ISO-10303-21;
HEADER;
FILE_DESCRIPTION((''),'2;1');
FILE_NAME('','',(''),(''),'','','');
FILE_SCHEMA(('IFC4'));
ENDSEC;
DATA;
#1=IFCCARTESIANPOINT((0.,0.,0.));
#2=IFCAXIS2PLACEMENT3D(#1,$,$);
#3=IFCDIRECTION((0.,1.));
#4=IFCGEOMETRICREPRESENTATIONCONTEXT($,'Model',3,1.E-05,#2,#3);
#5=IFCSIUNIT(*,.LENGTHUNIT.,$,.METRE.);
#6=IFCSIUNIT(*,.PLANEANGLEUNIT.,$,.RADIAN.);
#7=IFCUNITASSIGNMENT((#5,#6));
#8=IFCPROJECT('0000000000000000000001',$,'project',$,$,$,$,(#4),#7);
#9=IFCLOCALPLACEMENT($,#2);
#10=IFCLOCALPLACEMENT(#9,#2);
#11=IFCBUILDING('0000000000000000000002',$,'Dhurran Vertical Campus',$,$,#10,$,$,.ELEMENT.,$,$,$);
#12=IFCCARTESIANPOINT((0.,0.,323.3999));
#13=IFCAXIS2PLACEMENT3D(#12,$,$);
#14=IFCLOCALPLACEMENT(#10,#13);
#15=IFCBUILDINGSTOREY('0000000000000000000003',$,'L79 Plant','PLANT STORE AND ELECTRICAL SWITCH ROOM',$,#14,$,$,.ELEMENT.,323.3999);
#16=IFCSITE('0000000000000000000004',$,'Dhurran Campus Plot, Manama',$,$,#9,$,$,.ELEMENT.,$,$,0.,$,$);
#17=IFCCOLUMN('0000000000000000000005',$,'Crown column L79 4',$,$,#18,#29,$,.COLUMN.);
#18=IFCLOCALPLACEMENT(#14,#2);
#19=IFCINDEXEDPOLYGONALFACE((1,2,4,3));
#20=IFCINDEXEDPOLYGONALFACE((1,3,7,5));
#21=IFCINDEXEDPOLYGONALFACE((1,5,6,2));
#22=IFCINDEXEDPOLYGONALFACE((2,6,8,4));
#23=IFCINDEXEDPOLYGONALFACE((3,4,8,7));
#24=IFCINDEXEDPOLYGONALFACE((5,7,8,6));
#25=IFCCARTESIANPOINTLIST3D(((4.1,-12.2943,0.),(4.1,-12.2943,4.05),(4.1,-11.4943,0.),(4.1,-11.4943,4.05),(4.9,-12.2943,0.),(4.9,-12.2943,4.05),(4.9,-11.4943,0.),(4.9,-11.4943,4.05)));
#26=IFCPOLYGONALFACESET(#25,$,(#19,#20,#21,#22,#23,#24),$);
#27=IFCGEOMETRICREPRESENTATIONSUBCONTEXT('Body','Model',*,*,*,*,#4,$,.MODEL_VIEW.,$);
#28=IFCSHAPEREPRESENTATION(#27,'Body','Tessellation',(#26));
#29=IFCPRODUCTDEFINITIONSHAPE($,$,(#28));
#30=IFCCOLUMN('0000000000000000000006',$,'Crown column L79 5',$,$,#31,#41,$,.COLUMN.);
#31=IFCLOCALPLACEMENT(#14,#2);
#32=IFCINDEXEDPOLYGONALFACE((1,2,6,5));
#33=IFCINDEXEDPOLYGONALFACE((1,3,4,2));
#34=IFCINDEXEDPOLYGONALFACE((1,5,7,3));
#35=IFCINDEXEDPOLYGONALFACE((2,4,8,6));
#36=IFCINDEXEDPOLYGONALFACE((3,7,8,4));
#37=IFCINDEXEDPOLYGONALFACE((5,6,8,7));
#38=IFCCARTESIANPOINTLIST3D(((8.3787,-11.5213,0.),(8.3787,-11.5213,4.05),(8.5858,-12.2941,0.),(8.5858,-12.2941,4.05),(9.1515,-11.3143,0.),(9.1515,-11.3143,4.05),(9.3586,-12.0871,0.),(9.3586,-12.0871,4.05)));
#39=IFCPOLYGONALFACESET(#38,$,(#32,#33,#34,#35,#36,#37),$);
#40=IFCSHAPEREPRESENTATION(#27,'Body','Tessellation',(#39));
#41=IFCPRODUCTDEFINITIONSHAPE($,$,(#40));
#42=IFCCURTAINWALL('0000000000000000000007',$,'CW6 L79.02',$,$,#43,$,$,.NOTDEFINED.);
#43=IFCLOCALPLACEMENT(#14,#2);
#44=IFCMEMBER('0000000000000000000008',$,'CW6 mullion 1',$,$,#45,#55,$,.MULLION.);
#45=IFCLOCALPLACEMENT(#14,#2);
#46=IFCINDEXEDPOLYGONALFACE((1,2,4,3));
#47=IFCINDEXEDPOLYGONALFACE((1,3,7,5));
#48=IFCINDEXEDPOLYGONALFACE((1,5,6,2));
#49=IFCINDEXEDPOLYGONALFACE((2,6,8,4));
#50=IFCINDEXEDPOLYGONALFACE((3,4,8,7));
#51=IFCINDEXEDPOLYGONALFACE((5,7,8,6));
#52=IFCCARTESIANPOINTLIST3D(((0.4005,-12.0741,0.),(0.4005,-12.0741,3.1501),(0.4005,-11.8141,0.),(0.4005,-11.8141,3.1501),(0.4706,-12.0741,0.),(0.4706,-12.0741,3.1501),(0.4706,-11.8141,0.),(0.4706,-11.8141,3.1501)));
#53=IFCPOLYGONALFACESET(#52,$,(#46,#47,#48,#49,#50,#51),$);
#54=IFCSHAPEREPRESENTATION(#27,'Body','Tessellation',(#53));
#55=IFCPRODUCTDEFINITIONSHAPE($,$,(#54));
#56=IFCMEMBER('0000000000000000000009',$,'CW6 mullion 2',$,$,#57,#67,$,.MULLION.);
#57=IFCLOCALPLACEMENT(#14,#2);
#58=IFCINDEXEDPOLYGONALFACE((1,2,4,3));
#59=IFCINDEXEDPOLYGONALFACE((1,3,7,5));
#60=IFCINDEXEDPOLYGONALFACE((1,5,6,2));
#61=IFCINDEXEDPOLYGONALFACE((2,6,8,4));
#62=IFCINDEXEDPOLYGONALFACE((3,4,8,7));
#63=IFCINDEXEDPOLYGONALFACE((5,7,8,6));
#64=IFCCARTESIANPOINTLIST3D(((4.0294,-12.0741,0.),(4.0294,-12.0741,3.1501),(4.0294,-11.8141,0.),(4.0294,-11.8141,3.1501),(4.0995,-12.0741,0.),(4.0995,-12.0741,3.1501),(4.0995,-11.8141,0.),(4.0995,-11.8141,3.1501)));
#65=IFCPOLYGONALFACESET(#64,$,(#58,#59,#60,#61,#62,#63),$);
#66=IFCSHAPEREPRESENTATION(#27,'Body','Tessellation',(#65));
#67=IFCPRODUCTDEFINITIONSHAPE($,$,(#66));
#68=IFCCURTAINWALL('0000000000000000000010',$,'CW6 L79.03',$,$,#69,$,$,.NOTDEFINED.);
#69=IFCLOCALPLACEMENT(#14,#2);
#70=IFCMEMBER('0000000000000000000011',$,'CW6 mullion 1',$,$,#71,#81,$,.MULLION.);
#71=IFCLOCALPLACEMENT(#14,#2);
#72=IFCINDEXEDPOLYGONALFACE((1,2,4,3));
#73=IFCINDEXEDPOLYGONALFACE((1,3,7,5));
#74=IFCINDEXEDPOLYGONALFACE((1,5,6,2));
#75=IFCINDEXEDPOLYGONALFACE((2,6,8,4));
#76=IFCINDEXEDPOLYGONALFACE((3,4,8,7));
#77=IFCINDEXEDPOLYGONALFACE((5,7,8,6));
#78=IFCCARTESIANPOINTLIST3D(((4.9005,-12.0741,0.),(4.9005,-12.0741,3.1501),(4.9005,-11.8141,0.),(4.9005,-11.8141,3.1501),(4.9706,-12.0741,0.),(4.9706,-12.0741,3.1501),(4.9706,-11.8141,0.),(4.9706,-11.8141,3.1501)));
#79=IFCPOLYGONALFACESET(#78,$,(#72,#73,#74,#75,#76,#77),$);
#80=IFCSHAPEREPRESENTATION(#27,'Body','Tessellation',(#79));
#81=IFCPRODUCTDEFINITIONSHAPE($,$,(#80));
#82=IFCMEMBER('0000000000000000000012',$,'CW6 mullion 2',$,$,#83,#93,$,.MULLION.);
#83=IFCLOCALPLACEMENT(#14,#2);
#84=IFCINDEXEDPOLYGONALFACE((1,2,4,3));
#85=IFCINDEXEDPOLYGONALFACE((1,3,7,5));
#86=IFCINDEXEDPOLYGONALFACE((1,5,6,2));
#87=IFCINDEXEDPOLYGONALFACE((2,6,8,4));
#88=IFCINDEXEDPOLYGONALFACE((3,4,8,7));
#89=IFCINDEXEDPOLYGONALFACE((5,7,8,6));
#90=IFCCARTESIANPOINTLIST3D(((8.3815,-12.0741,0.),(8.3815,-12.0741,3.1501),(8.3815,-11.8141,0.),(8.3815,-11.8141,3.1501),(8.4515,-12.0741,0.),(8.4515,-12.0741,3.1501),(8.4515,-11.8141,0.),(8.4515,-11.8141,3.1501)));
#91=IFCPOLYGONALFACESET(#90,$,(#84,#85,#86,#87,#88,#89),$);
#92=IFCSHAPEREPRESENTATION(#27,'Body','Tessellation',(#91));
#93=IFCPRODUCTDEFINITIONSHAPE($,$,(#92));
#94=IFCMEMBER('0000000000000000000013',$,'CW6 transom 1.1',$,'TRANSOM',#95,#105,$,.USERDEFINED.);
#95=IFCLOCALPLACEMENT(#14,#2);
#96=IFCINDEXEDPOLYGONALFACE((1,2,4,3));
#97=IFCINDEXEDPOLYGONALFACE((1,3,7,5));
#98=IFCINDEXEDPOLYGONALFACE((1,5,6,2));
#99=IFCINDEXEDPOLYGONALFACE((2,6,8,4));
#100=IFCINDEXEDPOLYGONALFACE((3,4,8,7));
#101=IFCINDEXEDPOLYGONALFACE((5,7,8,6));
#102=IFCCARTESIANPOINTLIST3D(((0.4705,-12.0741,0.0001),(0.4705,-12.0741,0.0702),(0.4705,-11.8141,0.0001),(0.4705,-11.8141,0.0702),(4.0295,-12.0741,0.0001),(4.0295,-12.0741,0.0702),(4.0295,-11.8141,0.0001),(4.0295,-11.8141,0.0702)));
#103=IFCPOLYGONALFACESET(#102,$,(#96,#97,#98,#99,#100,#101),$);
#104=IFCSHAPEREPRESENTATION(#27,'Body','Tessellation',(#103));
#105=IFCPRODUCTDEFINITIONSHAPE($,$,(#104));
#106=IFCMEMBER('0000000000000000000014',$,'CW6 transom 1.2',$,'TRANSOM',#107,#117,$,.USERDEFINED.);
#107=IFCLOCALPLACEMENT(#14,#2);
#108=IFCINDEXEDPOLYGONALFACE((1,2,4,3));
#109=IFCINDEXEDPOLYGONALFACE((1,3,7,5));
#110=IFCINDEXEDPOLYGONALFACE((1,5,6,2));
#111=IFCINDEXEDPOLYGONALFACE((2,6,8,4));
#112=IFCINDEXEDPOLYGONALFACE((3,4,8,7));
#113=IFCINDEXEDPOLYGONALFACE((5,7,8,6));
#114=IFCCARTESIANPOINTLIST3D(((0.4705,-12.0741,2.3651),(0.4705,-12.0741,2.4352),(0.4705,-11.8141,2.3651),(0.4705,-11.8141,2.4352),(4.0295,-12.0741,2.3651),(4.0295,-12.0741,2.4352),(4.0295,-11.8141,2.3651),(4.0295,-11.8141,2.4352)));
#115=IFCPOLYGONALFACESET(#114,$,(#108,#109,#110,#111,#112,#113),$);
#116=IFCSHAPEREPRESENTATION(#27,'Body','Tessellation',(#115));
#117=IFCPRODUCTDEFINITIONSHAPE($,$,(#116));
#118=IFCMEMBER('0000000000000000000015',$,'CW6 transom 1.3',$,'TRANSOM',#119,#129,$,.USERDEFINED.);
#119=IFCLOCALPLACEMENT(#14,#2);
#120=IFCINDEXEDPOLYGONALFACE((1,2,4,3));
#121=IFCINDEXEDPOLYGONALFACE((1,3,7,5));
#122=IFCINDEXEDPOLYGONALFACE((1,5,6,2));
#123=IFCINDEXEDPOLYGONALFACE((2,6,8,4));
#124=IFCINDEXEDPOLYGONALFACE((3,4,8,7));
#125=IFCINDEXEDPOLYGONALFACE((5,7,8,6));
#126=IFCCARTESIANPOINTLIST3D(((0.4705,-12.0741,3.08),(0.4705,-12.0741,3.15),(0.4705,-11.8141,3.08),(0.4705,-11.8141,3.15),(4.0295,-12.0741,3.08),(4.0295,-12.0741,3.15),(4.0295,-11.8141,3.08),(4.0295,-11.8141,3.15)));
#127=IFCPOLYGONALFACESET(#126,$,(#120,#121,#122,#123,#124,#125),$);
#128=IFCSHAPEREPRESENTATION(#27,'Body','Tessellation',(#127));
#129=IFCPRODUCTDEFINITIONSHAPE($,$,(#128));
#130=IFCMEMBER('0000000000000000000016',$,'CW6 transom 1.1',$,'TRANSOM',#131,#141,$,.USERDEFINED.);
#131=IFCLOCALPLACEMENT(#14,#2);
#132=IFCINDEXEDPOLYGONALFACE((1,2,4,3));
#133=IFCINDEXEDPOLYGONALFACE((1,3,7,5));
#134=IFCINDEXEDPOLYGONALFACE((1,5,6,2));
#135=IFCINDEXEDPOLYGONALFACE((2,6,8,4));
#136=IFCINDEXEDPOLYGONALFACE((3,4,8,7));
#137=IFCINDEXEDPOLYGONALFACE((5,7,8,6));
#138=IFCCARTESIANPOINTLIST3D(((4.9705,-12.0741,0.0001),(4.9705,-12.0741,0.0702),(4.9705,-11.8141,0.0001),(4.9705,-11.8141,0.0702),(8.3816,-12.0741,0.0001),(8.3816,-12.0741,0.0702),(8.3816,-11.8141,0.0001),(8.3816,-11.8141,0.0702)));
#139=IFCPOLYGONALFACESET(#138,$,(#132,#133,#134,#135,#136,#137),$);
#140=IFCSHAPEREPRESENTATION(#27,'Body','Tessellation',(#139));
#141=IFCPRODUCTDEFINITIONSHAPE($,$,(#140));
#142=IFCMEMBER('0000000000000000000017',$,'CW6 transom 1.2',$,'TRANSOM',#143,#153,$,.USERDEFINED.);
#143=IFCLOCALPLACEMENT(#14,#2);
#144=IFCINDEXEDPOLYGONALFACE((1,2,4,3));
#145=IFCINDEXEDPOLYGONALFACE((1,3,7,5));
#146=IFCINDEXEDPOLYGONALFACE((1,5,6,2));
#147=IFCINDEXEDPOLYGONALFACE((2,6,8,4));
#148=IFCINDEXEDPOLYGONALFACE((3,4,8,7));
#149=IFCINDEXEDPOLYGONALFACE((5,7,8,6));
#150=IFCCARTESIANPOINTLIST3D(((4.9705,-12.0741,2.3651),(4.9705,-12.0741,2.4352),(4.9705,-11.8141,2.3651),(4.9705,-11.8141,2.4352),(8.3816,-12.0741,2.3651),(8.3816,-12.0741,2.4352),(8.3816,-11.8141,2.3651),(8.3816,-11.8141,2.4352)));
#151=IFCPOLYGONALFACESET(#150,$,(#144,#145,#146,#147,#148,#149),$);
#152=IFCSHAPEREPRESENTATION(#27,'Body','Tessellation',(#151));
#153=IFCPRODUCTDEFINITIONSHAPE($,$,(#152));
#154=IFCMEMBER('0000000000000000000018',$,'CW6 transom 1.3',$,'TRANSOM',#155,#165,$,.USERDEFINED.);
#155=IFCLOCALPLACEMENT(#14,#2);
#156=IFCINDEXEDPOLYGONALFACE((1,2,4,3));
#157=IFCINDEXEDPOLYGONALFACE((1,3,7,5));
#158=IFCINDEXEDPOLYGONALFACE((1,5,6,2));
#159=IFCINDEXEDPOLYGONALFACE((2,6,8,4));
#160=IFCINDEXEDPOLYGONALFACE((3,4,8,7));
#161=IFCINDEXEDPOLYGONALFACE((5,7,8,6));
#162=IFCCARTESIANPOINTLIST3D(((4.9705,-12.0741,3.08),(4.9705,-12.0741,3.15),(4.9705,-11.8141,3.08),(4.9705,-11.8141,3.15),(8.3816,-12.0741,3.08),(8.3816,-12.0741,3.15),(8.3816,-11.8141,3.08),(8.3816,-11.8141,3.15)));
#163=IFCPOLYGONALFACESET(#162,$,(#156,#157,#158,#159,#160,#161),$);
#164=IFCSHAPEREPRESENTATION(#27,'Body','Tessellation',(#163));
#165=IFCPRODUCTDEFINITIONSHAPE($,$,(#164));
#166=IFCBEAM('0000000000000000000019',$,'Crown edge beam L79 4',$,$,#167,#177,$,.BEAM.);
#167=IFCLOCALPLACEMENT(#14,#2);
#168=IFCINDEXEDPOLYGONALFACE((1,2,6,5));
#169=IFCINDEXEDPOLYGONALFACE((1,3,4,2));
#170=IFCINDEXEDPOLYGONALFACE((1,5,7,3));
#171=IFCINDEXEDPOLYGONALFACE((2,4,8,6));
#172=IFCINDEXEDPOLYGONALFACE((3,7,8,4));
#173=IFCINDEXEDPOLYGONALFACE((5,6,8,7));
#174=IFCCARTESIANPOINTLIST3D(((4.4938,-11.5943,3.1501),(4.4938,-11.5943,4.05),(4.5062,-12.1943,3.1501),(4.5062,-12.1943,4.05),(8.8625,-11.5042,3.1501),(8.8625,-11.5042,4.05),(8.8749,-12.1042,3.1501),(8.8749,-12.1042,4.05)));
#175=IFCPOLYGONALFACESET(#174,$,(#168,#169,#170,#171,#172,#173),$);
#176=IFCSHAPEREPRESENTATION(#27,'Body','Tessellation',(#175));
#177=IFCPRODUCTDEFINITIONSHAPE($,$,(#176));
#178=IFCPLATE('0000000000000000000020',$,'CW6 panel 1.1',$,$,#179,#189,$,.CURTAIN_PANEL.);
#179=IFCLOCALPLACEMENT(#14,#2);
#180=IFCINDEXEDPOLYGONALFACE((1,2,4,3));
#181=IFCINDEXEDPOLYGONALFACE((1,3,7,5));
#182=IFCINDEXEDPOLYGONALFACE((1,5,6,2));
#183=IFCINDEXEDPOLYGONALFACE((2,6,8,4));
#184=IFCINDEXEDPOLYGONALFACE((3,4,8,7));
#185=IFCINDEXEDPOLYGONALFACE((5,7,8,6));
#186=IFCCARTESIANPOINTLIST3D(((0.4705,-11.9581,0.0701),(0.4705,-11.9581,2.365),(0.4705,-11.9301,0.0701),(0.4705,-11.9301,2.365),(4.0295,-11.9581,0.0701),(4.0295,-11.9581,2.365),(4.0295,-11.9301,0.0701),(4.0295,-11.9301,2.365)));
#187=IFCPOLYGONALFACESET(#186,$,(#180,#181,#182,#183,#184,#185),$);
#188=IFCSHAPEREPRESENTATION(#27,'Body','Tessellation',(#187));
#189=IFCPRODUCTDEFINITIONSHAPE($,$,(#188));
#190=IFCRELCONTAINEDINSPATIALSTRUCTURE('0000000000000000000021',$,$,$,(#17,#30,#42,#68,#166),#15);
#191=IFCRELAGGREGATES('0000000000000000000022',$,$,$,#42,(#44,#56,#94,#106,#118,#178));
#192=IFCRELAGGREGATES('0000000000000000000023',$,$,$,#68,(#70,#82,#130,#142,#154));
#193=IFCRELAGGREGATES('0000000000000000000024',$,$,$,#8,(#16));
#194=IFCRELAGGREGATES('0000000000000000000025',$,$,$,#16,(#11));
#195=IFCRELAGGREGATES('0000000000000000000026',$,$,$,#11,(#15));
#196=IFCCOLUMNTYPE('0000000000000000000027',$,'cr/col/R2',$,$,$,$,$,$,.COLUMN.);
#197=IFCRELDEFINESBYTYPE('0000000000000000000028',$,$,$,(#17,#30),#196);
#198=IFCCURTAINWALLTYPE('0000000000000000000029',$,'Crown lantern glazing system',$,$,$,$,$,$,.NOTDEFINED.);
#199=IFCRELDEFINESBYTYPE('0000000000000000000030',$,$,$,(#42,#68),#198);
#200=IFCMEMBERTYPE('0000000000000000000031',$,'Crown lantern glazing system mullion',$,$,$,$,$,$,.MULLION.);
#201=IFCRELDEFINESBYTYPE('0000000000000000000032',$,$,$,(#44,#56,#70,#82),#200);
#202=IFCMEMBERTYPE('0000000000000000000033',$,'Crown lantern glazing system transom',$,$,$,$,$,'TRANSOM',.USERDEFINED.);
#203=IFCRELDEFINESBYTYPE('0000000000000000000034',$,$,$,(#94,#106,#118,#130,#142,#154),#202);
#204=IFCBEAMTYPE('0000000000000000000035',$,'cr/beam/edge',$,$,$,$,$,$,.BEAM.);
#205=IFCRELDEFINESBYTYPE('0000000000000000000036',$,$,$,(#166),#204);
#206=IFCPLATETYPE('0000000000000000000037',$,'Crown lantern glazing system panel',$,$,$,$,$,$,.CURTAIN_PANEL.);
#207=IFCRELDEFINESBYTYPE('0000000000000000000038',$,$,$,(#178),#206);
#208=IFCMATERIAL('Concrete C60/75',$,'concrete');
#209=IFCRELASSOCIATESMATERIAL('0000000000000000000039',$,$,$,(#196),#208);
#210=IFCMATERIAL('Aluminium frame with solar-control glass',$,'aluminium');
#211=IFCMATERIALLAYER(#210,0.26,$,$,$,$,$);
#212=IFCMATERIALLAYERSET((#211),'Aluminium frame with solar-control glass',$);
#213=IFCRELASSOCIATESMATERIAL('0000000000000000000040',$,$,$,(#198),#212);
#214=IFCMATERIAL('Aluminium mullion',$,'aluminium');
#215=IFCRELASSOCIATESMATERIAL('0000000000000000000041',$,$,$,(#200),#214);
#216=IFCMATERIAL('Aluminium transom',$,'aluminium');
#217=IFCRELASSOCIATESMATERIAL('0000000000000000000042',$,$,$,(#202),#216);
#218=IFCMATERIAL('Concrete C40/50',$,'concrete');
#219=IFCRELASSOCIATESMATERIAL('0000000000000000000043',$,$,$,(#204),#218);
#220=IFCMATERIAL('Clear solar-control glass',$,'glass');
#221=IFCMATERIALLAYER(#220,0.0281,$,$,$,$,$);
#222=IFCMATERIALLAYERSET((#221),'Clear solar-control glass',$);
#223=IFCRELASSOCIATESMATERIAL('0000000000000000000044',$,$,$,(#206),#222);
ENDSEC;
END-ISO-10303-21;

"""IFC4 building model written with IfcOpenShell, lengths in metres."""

from ifc_helpers import new_model, si_unit, direction, frame, origin, origin_2d, place, context, subcontext, project, spatial, rectangle, extrude, material, layer, layer_set, material_profile, profile_set, type_object, element, aggregate, save


model = new_model("IFC4")

# Units and contexts
model_context = context("Model", 3, precision=1e-05, world=origin(), true_north=direction((0.0, 1.0)))
body_context = subcontext(model_context, "Body", "Model", "MODEL_VIEW")
ifc_project = project(units=[si_unit("LENGTHUNIT", "METRE"), si_unit("PLANEANGLEUNIT", "RADIAN")], contexts=[model_context])

# Site, building, storey
site_placement = place(None, origin())
site = spatial("IfcSite", under=ifc_project, at=site_placement, Name="Dhurran Campus Plot, Manama", CompositionType="ELEMENT", RefElevation=0.0)
building_placement = place(site_placement, origin())
building = spatial("IfcBuilding", under=site, at=building_placement, Name="Dhurran Vertical Campus", CompositionType="ELEMENT")
storey_placement = place(building_placement, frame((0.0, 0.0, 323.3999)))
storey = spatial("IfcBuildingStorey", under=building, at=storey_placement, Name="L79 Plant", Description="PLANT STORE AND ELECTRICAL SWITCH ROOM", CompositionType="ELEMENT", Elevation=323.3999)

# Columns
ifc_material_1 = material(Name="Concrete C60/75", Category="concrete")
ifc_material_profile_1 = material_profile(ifc_material_1, rectangle(XDim=0.8, YDim=0.8, at=origin_2d()), Name="cr/col/R2")
ifc_profile_set_1 = profile_set([ifc_material_profile_1], Name="Concrete C60/75")
column_type = type_object("IfcColumnType", Name="cr/col/R2", PredefinedType="COLUMN", material=ifc_profile_set_1)
for number, where, z_axis, x_axis, name in (
    (1, (4.5, -11.8943, 0.0), (0.0, 0.0, 1.0), (1.0, 0.0, 0.0), "Crown column L79 4"),
    (2, (8.8687, -11.8042, 0.0), (0.0, 0.0, 1.0), (0.965926, 0.258819, 0.0), "Crown column L79 5"),
):
    element("IfcColumn", number, at=place(storey_placement, frame(where, z_axis=z_axis, x_axis=x_axis)), inside=storey, type_object=column_type, Name=name, PredefinedType="COLUMN", context=body_context, shape_type="SweptSolid", body=[
        extrude(rectangle(XDim=0.8, YDim=0.8, at=origin_2d()), origin(), (0.0, 0.0, 1.0), 4.05),
    ])

# Curtain walls, members
ifc_material_2 = material(Name="Aluminium frame with solar-control glass", Category="aluminium")
ifc_layer_1 = layer(ifc_material_2, 0.26)
ifc_layer_set_1 = layer_set([ifc_layer_1], Name="Aluminium frame with solar-control glass")
curtain_wall_type = type_object("IfcCurtainWallType", Name="Crown lantern glazing system", PredefinedType="NOTDEFINED", material=ifc_layer_set_1)
curtain_wall_1_placement = place(storey_placement, origin())
curtain_wall_1 = element("IfcCurtainWall", 3, at=curtain_wall_1_placement, inside=storey, type_object=curtain_wall_type, Name="CW6 L79.02", PredefinedType="NOTDEFINED")
ifc_material_3 = material(Name="Aluminium mullion", Category="aluminium")
ifc_material_profile_2 = material_profile(ifc_material_3, rectangle(XDim=0.26, YDim=0.0701, at=origin_2d()), Name="Crown lantern glazing system mullion")
ifc_profile_set_2 = profile_set([ifc_material_profile_2], Name="Aluminium mullion")
member_type_1 = type_object("IfcMemberType", Name="Crown lantern glazing system mullion", PredefinedType="MULLION", material=ifc_profile_set_2)
member_1_placement = place(storey_placement, frame((0.4355, -11.9441, 0.0), z_axis=(0.0, 0.0, 1.0), x_axis=(0.0, 1.0, 0.0)))
member_1 = element("IfcMember", 4, at=member_1_placement, type_object=member_type_1, Name="CW6 mullion 1", PredefinedType="MULLION", context=body_context, shape_type="SweptSolid", body=[
    extrude(rectangle(XDim=0.26, YDim=0.0701, at=origin_2d()), origin(), (0.0, 0.0, 1.0), 3.1501),
])
member_2_placement = place(storey_placement, frame((4.0645, -11.9441, 0.0), z_axis=(0.0, 0.0, 1.0), x_axis=(0.0, 1.0, 0.0)))
member_2 = element("IfcMember", 5, at=member_2_placement, type_object=member_type_1, Name="CW6 mullion 2", PredefinedType="MULLION", context=body_context, shape_type="SweptSolid", body=[
    extrude(rectangle(XDim=0.26, YDim=0.0701, at=origin_2d()), origin(), (0.0, 0.0, 1.0), 3.1501),
])
curtain_wall_2_placement = place(storey_placement, origin())
curtain_wall_2 = element("IfcCurtainWall", 6, at=curtain_wall_2_placement, inside=storey, type_object=curtain_wall_type, Name="CW6 L79.03", PredefinedType="NOTDEFINED")
member_3_placement = place(storey_placement, frame((4.9355, -11.9441, 0.0), z_axis=(0.0, 0.0, 1.0), x_axis=(0.0, 1.0, 0.0)))
member_3 = element("IfcMember", 7, at=member_3_placement, type_object=member_type_1, Name="CW6 mullion 1", PredefinedType="MULLION", context=body_context, shape_type="SweptSolid", body=[
    extrude(rectangle(XDim=0.26, YDim=0.0701, at=origin_2d()), origin(), (0.0, 0.0, 1.0), 3.1501),
])
member_4_placement = place(storey_placement, frame((8.4165, -11.9441, 0.0), z_axis=(0.0, 0.0, 1.0), x_axis=(0.0, 1.0, 0.0)))
member_4 = element("IfcMember", 8, at=member_4_placement, type_object=member_type_1, Name="CW6 mullion 2", PredefinedType="MULLION", context=body_context, shape_type="SweptSolid", body=[
    extrude(rectangle(XDim=0.26, YDim=0.0701, at=origin_2d()), origin(), (0.0, 0.0, 1.0), 3.1501),
])

# Members
ifc_material_4 = material(Name="Aluminium transom", Category="aluminium")
ifc_material_profile_3 = material_profile(ifc_material_4, rectangle(XDim=0.26, YDim=0.0701, at=origin_2d()), Name="Crown lantern glazing system transom")
ifc_profile_set_3 = profile_set([ifc_material_profile_3], Name="Aluminium transom")
member_type_2 = type_object("IfcMemberType", Name="Crown lantern glazing system transom", ElementType="TRANSOM", PredefinedType="USERDEFINED", material=ifc_profile_set_3)
member_5_placement = place(storey_placement, frame((0.4705, -11.9441, 0.0352), z_axis=(1.0, 0.0, 0.0), x_axis=(0.0, 1.0, 0.0)))
member_5 = element("IfcMember", 9, at=member_5_placement, type_object=member_type_2, Name="CW6 transom 1.1", ObjectType="TRANSOM", PredefinedType="USERDEFINED", context=body_context, shape_type="SweptSolid", body=[
    extrude(rectangle(XDim=0.26, YDim=0.0701, at=origin_2d()), origin(), (0.0, 0.0, 1.0), 3.5591),
])
member_6_placement = place(storey_placement, frame((0.4705, -11.9441, 2.4001), z_axis=(1.0, 0.0, 0.0), x_axis=(0.0, 1.0, 0.0)))
member_6 = element("IfcMember", 10, at=member_6_placement, type_object=member_type_2, Name="CW6 transom 1.2", ObjectType="TRANSOM", PredefinedType="USERDEFINED", context=body_context, shape_type="SweptSolid", body=[
    extrude(rectangle(XDim=0.26, YDim=0.0701, at=origin_2d()), origin(), (0.0, 0.0, 1.0), 3.5591),
])
member_7_placement = place(storey_placement, frame((0.4705, -11.9441, 3.115), z_axis=(1.0, 0.0, 0.0), x_axis=(0.0, 1.0, 0.0)))
member_7 = element("IfcMember", 11, at=member_7_placement, type_object=member_type_2, Name="CW6 transom 1.3", ObjectType="TRANSOM", PredefinedType="USERDEFINED", context=body_context, shape_type="SweptSolid", body=[
    extrude(rectangle(XDim=0.26, YDim=0.0701, at=origin_2d()), origin(), (0.0, 0.0, 1.0), 3.5591),
])
member_8_placement = place(storey_placement, frame((4.9705, -11.9441, 0.0352), z_axis=(1.0, 0.0, 0.0), x_axis=(0.0, 1.0, 0.0)))
member_8 = element("IfcMember", 12, at=member_8_placement, type_object=member_type_2, Name="CW6 transom 1.1", ObjectType="TRANSOM", PredefinedType="USERDEFINED", context=body_context, shape_type="SweptSolid", body=[
    extrude(rectangle(XDim=0.26, YDim=0.0701, at=origin_2d()), origin(), (0.0, 0.0, 1.0), 3.4111),
])
member_9_placement = place(storey_placement, frame((4.9705, -11.9441, 2.4001), z_axis=(1.0, 0.0, 0.0), x_axis=(0.0, 1.0, 0.0)))
member_9 = element("IfcMember", 13, at=member_9_placement, type_object=member_type_2, Name="CW6 transom 1.2", ObjectType="TRANSOM", PredefinedType="USERDEFINED", context=body_context, shape_type="SweptSolid", body=[
    extrude(rectangle(XDim=0.26, YDim=0.0701, at=origin_2d()), origin(), (0.0, 0.0, 1.0), 3.4111),
])
member_10_placement = place(storey_placement, frame((4.9705, -11.9441, 3.115), z_axis=(1.0, 0.0, 0.0), x_axis=(0.0, 1.0, 0.0)))
member_10 = element("IfcMember", 14, at=member_10_placement, type_object=member_type_2, Name="CW6 transom 1.3", ObjectType="TRANSOM", PredefinedType="USERDEFINED", context=body_context, shape_type="SweptSolid", body=[
    extrude(rectangle(XDim=0.26, YDim=0.0701, at=origin_2d()), origin(), (0.0, 0.0, 1.0), 3.4111),
])

# Beam
ifc_material_5 = material(Name="Concrete C40/50", Category="concrete")
ifc_material_profile_4 = material_profile(ifc_material_5, rectangle(XDim=0.6001, YDim=0.8999, at=origin_2d()), Name="cr/beam/edge")
ifc_profile_set_4 = profile_set([ifc_material_profile_4], Name="Concrete C40/50")
beam_type = type_object("IfcBeamType", Name="cr/beam/edge", PredefinedType="BEAM", material=ifc_profile_set_4)
beam_placement = place(storey_placement, frame((4.5, -11.8943, 3.6001), z_axis=(0.999787, 0.020617, 0.0), x_axis=(-0.020617, 0.999787, 0.0)))
element("IfcBeam", 15, at=beam_placement, inside=storey, type_object=beam_type, Name="Crown edge beam L79 4", PredefinedType="BEAM", context=body_context, shape_type="SweptSolid", body=[
    extrude(rectangle(XDim=0.6001, YDim=0.8999, at=origin_2d()), origin(), (0.0, 0.0, 1.0), 4.3696),
])

# Plate
ifc_material_6 = material(Name="Clear solar-control glass", Category="glass")
ifc_layer_2 = layer(ifc_material_6, 0.0281)
ifc_layer_set_2 = layer_set([ifc_layer_2], Name="Clear solar-control glass")
plate_type = type_object("IfcPlateType", Name="Crown lantern glazing system panel", PredefinedType="CURTAIN_PANEL", material=ifc_layer_set_2)
plate_1_placement = place(storey_placement, frame((2.25, -11.9441, 0.0701), z_axis=(0.0, 0.0, 1.0), x_axis=(1.0, 0.0, 0.0)))
plate_1 = element("IfcPlate", 16, at=plate_1_placement, type_object=plate_type, Name="CW6 panel 1.1", PredefinedType="CURTAIN_PANEL", context=body_context, shape_type="SweptSolid", body=[
    extrude(rectangle(XDim=3.5591, YDim=0.0281, at=origin_2d()), origin(), (0.0, 0.0, 1.0), 2.2949),
])
aggregate(curtain_wall_1, [member_1, member_2, member_5, member_6, member_7, plate_1])
aggregate(curtain_wall_2, [member_3, member_4, member_8, member_9, member_10])

save(model, "model.ifc")
